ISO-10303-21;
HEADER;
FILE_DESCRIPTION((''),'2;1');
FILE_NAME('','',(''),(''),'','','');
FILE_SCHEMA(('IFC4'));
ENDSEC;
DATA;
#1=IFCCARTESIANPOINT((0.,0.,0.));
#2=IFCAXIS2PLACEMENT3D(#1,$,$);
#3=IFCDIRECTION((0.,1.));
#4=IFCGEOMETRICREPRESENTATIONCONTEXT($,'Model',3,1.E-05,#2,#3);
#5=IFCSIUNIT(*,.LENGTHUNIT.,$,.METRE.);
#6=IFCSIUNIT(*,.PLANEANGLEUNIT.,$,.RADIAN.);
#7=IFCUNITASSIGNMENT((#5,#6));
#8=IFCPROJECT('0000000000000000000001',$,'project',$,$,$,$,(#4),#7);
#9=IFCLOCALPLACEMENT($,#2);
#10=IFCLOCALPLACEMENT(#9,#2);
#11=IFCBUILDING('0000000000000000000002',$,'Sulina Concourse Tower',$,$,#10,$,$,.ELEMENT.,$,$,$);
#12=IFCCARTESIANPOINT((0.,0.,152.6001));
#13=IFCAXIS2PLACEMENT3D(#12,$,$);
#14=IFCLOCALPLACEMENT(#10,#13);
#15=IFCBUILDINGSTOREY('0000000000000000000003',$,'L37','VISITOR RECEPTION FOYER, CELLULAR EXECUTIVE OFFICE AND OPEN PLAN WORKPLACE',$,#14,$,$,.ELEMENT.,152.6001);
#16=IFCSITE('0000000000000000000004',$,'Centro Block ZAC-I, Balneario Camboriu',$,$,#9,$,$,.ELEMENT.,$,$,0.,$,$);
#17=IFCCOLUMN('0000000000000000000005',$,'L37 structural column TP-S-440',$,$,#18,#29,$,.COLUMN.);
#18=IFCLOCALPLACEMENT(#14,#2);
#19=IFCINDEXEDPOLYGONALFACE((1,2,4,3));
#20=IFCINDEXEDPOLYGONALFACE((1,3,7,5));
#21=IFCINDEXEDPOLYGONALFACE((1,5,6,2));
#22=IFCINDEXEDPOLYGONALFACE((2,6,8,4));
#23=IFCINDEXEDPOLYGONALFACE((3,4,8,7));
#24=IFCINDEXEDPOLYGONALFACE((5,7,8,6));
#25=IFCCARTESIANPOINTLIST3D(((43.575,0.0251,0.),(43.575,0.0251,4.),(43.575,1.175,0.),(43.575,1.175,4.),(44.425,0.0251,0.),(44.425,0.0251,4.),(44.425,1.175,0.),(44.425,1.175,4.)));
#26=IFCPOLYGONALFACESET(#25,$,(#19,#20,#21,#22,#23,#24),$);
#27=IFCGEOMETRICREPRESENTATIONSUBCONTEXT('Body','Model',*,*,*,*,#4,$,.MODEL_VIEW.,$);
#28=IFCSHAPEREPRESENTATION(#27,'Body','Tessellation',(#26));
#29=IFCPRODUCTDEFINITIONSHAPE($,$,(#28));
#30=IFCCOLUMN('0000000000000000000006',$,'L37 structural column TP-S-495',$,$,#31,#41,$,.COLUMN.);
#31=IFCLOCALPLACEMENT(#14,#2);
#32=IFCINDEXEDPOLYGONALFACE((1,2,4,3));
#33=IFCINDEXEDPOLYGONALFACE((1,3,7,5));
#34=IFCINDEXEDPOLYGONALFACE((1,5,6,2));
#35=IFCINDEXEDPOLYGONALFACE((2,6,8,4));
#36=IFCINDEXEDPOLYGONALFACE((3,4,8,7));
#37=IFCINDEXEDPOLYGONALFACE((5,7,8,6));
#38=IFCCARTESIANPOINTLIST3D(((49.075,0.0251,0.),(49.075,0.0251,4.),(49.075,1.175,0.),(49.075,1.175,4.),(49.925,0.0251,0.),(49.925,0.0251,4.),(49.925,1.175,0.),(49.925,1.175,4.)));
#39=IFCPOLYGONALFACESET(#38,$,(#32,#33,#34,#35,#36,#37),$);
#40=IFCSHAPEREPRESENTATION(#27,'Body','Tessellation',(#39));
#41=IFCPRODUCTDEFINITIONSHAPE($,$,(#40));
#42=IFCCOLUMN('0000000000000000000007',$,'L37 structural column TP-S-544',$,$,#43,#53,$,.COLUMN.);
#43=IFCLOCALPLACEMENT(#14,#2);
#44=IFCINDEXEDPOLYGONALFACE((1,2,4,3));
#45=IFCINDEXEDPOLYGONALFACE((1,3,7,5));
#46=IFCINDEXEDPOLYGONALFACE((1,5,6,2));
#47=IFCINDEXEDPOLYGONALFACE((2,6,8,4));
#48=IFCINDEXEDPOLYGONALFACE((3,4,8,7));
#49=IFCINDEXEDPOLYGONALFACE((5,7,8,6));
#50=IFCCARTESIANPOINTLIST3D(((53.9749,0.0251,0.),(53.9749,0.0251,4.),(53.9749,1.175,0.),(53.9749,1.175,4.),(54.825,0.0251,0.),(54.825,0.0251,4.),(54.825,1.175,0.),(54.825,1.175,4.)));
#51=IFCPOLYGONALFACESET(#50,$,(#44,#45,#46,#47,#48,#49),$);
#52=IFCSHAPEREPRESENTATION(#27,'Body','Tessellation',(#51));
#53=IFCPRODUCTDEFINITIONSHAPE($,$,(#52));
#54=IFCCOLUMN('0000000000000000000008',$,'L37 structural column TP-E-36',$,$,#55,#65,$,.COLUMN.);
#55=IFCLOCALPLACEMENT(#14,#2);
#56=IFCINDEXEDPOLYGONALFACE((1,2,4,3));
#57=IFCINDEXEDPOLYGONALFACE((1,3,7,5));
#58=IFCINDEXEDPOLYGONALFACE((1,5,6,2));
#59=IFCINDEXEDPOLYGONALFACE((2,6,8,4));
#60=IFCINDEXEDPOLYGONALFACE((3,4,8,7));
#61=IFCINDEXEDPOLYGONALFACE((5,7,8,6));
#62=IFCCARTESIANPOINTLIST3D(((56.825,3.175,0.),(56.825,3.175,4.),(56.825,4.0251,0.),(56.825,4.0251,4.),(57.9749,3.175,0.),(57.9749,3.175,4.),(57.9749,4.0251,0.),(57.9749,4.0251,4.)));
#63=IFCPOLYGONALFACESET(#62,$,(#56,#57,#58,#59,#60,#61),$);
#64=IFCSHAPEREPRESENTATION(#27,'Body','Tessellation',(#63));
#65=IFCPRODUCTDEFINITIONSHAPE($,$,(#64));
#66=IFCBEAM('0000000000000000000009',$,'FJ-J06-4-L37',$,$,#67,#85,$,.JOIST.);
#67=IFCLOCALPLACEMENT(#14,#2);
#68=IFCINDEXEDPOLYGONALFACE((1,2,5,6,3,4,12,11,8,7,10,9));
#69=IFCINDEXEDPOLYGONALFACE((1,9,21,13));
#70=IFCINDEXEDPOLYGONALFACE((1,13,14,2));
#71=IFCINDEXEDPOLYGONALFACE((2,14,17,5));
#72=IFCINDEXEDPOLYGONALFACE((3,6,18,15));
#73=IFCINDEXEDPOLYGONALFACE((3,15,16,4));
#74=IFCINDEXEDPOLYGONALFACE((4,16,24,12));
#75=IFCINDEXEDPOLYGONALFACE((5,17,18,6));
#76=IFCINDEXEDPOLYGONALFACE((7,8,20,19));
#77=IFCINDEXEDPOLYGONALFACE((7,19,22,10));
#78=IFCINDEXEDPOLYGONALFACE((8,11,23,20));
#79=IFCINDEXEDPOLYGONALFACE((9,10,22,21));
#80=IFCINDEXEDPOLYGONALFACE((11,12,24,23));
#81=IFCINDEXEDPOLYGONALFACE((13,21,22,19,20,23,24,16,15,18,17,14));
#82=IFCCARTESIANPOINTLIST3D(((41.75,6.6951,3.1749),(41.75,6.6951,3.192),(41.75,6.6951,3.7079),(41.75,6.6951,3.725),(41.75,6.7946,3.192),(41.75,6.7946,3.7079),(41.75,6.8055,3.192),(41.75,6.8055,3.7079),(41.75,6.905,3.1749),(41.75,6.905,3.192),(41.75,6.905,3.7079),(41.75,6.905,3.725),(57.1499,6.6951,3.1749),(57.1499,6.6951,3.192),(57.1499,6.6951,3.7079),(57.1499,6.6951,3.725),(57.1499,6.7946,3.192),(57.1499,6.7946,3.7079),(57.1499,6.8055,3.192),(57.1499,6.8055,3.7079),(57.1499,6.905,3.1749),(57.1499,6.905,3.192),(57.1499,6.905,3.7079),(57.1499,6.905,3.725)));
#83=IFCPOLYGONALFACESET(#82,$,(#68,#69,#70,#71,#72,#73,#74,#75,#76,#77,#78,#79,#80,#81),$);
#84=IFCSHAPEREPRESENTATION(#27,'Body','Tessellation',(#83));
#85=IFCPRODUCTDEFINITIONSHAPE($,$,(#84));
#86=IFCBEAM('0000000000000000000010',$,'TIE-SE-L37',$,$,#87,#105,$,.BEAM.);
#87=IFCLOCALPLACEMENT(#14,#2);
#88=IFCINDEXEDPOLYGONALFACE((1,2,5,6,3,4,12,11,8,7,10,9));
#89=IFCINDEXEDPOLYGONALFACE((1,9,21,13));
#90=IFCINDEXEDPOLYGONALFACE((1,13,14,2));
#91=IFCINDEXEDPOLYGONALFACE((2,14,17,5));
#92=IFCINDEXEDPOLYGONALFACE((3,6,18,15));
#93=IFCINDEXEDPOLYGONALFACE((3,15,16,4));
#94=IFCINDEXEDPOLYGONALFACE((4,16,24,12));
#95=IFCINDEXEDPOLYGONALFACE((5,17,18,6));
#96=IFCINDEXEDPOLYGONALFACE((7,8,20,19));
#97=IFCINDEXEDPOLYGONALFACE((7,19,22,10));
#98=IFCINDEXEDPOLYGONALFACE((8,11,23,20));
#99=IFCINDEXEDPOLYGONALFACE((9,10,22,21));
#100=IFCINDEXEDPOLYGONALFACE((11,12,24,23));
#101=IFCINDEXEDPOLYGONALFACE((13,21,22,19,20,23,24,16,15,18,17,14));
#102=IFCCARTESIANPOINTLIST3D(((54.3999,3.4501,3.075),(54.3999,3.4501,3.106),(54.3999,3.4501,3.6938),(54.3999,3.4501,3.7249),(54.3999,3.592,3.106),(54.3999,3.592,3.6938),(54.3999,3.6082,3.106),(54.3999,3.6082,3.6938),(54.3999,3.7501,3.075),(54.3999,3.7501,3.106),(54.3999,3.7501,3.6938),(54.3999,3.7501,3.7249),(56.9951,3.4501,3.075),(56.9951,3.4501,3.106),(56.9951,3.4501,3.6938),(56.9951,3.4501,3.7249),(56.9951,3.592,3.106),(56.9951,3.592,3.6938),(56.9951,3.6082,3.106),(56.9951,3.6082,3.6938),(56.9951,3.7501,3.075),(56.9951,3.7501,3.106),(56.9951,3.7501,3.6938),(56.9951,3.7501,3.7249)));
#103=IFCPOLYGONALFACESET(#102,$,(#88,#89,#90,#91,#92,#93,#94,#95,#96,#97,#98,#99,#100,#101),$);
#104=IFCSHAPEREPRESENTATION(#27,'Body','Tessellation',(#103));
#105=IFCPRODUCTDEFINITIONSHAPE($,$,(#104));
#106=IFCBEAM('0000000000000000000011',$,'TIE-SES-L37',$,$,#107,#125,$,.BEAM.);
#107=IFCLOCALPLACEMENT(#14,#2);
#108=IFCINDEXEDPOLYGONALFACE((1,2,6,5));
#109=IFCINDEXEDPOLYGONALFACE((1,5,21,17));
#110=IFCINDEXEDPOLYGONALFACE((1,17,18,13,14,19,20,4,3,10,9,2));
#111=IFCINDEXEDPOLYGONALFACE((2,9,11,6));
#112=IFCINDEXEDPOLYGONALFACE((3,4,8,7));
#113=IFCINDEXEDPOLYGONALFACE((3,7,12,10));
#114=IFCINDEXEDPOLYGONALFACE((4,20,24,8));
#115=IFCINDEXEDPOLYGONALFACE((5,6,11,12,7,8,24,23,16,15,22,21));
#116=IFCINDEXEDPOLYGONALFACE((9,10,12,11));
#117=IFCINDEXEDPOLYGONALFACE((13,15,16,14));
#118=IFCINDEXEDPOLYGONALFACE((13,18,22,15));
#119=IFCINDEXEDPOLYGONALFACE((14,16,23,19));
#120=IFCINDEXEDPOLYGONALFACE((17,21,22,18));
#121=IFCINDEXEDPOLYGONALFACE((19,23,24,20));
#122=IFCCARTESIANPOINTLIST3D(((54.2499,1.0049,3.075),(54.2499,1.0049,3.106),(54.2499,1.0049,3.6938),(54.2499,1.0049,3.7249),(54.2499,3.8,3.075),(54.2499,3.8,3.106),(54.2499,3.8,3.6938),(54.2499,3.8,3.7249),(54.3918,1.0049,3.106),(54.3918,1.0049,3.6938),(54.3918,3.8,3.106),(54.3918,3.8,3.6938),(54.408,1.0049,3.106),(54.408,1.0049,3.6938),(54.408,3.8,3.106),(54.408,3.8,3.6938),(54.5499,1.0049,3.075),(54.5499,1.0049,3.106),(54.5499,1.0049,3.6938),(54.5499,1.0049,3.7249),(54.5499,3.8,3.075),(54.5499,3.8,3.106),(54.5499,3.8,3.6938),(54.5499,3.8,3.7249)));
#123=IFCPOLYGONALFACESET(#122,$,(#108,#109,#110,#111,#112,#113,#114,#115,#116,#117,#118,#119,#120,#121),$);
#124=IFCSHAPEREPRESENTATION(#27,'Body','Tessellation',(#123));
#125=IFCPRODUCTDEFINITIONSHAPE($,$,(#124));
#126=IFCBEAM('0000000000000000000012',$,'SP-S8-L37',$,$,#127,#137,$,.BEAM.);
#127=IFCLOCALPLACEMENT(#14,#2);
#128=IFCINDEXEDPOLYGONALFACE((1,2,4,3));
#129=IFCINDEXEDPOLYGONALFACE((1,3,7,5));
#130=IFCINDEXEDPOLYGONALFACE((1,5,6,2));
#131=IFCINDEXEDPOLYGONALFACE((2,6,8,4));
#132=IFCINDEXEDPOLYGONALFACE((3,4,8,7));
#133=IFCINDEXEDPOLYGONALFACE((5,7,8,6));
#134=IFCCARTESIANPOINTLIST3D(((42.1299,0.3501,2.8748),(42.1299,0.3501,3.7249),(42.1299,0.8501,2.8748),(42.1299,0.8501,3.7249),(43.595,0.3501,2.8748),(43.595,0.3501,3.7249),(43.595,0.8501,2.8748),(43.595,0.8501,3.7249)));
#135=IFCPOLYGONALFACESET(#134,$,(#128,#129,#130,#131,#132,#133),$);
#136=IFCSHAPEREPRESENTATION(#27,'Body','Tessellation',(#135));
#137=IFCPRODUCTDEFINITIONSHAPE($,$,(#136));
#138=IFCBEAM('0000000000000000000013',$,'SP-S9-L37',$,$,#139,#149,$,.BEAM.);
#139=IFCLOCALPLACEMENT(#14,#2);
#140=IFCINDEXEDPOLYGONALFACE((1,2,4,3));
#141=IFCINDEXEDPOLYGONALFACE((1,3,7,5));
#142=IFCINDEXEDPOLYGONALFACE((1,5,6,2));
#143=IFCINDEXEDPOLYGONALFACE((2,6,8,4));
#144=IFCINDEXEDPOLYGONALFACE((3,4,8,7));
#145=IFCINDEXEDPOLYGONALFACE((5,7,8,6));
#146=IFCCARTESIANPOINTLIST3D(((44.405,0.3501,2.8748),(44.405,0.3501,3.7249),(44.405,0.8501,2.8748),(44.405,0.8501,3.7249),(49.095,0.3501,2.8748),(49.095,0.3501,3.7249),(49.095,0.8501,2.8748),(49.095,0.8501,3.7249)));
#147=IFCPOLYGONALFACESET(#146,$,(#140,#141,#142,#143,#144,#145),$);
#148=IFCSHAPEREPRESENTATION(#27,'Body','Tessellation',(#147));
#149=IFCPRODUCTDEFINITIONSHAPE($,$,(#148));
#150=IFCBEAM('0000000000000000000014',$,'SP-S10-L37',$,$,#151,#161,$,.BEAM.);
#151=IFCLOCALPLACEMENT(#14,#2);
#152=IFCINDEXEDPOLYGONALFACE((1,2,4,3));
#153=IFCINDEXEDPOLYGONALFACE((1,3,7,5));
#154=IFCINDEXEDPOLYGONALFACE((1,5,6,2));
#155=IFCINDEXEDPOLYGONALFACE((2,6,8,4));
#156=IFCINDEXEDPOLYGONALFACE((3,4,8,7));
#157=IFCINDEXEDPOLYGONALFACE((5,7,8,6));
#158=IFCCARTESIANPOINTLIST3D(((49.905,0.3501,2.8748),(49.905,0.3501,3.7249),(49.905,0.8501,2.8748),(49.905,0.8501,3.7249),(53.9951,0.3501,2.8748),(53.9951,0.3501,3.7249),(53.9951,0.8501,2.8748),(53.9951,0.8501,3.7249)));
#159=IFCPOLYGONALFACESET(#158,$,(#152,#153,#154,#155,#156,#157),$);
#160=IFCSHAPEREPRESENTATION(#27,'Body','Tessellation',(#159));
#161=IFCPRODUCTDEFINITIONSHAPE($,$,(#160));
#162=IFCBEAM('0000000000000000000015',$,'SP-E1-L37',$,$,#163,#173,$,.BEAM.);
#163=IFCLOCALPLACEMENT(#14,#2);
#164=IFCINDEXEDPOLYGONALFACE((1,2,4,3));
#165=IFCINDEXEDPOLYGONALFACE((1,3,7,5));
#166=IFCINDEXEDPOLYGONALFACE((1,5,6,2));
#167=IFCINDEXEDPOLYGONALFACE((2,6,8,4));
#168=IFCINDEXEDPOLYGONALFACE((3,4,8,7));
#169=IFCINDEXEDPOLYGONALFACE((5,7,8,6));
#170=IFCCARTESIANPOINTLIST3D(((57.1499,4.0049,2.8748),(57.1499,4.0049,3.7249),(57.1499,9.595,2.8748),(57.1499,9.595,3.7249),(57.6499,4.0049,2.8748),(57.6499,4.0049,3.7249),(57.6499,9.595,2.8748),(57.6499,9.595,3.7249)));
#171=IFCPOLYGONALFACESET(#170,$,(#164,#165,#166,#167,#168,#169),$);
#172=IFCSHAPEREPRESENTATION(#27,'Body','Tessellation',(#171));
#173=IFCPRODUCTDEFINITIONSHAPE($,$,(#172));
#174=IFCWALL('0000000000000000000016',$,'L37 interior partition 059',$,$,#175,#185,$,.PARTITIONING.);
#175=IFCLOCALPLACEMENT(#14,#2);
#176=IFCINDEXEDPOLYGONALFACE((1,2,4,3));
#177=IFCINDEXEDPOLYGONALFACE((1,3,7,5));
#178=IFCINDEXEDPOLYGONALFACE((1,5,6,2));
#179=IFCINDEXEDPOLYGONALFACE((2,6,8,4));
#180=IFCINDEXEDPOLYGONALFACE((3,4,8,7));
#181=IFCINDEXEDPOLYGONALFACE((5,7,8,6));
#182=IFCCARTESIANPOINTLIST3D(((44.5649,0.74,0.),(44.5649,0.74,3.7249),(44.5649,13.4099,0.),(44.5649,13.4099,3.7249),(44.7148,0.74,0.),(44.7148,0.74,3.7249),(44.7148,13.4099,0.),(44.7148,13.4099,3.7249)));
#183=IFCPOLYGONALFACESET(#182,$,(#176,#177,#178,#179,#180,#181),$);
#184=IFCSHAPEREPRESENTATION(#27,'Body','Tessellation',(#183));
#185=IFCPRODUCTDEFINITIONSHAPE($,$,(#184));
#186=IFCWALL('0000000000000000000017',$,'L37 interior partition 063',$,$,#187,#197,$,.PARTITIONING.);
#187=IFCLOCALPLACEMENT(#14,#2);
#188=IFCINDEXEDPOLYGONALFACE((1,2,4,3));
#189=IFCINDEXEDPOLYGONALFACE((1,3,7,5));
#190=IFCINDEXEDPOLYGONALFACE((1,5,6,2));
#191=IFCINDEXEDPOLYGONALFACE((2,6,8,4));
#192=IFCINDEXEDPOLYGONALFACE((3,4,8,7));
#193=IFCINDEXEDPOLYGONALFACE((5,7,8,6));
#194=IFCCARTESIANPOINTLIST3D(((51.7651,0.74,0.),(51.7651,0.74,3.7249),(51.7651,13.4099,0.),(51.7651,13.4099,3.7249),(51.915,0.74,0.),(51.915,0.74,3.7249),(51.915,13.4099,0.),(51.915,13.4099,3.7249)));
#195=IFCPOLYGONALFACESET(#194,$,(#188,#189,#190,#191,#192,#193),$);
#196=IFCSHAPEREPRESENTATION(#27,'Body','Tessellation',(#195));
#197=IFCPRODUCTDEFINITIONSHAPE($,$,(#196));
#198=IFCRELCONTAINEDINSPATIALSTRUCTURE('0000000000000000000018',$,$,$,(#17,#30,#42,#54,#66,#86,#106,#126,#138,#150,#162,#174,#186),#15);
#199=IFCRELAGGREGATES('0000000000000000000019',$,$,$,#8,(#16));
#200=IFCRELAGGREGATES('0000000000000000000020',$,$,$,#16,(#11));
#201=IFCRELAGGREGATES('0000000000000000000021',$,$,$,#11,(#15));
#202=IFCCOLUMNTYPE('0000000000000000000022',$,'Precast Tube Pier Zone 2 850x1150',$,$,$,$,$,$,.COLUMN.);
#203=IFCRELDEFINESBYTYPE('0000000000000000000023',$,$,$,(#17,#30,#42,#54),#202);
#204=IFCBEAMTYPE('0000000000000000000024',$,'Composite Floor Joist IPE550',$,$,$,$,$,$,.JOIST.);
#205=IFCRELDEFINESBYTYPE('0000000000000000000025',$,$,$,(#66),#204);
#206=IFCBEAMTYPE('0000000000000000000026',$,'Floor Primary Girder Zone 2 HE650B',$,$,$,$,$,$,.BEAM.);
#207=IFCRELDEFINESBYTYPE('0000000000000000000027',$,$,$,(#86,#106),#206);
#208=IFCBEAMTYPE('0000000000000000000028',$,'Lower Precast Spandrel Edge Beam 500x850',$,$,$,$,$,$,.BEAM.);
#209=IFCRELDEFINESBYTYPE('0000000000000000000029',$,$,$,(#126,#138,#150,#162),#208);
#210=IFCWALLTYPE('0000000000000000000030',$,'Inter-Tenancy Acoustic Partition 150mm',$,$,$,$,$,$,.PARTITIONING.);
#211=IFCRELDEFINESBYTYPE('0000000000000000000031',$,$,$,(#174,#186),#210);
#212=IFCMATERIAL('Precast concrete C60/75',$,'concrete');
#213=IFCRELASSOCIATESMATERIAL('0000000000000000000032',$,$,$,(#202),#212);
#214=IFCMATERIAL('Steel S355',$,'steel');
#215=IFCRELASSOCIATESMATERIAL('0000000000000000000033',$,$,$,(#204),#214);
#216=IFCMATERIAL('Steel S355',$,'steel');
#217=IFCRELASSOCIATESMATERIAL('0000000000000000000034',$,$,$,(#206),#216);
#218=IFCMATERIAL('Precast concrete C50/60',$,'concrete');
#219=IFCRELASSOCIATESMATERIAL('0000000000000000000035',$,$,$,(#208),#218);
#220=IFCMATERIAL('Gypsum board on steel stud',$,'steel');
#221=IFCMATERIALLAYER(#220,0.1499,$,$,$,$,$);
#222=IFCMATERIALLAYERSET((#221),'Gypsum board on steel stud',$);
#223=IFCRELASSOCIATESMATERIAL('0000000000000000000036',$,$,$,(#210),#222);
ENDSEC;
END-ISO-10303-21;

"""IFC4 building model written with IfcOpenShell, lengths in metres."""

from ifc_helpers import new_model, si_unit, direction, frame, frame_2d, origin, origin_2d, place, context, subcontext, project, spatial, rectangle, i_section, extrude, material, layer, layer_set, material_profile, profile_set, type_object, element, save


model = new_model("IFC4")

# Units and contexts
model_context = context("Model", 3, precision=1e-05, world=origin(), true_north=direction((0.0, 1.0)))
body_context = subcontext(model_context, "Body", "Model", "MODEL_VIEW")
ifc_project = project(units=[si_unit("LENGTHUNIT", "METRE"), si_unit("PLANEANGLEUNIT", "RADIAN")], contexts=[model_context])

# Site, building, storey
site_placement = place(None, origin())
site = spatial("IfcSite", under=ifc_project, at=site_placement, Name="Centro Block ZAC-I, Balneario Camboriu", CompositionType="ELEMENT", RefElevation=0.0)
building_placement = place(site_placement, origin())
building = spatial("IfcBuilding", under=site, at=building_placement, Name="Sulina Concourse Tower", CompositionType="ELEMENT")
storey_placement = place(building_placement, frame((0.0, 0.0, 152.6001)))
storey = spatial("IfcBuildingStorey", under=building, at=storey_placement, Name="L37", Description="VISITOR RECEPTION FOYER, CELLULAR EXECUTIVE OFFICE AND OPEN PLAN WORKPLACE", CompositionType="ELEMENT", Elevation=152.6001)

# Columns
ifc_material_1 = material(Name="Precast concrete C60/75", Category="concrete")
ifc_material_profile_1 = material_profile(ifc_material_1, rectangle(XDim=0.8501, YDim=1.1499, at=origin_2d()), Name="PC 850x1150")
ifc_profile_set_1 = profile_set([ifc_material_profile_1], Name="Precast concrete C60/75")
column_type = type_object("IfcColumnType", Name="Precast Tube Pier Zone 2 850x1150", PredefinedType="COLUMN", material=ifc_profile_set_1)
for number, where, z_axis, x_axis, name in (
    (1, (44.0, 0.6001, 0.0), (0.0, 0.0, 1.0), (1.0, 0.0, 0.0), "L37 structural column TP-S-440"),
    (2, (49.5, 0.6001, 0.0), (0.0, 0.0, 1.0), (1.0, 0.0, 0.0), "L37 structural column TP-S-495"),
    (3, (54.3999, 0.6001, 0.0), (0.0, 0.0, 1.0), (1.0, 0.0, 0.0), "L37 structural column TP-S-544"),
    (4, (57.3999, 3.6001, 0.0), (0.0, 0.0, 1.0), (0.0, 1.0, 0.0), "L37 structural column TP-E-36"),
):
    element("IfcColumn", number, at=place(storey_placement, frame(where, z_axis=z_axis, x_axis=x_axis)), inside=storey, type_object=column_type, Name=name, PredefinedType="COLUMN", context=body_context, shape_type="SweptSolid", body=[
        extrude(rectangle(XDim=0.8501, YDim=1.1499, at=origin_2d()), origin(), (0.0, 0.0, 1.0), 4.0),
    ])

# Beams
ifc_material_2 = material(Name="Steel S355", Category="steel")
ifc_material_profile_2 = material_profile(ifc_material_2, i_section(OverallWidth=0.21, OverallDepth=0.55, WebThickness=0.011, FlangeThickness=0.0171, at=origin_2d()), Name="IPE 550")
ifc_profile_set_2 = profile_set([ifc_material_profile_2], Name="Steel S355")
beam_type_1 = type_object("IfcBeamType", Name="Composite Floor Joist IPE550", PredefinedType="JOIST", material=ifc_profile_set_2)
beam_1_placement = place(storey_placement, frame((41.75, 6.8, 3.45), z_axis=(1.0, 0.0, 0.0), x_axis=(0.0, 1.0, 0.0)))
element("IfcBeam", 5, at=beam_1_placement, inside=storey, type_object=beam_type_1, Name="FJ-J06-4-L37", PredefinedType="JOIST", context=body_context, shape_type="SweptSolid", body=[
    extrude(i_section(OverallWidth=0.21, OverallDepth=0.55, WebThickness=0.011, FlangeThickness=0.0171, at=origin_2d()), origin(), (0.0, 0.0, 1.0), 15.3999),
])
ifc_material_3 = material(Name="Steel S355", Category="steel")
ifc_material_profile_3 = material_profile(ifc_material_3, i_section(OverallWidth=0.3, OverallDepth=0.6499, WebThickness=0.0161, FlangeThickness=0.031, at=origin_2d()), Name="HE 650 B")
ifc_profile_set_3 = profile_set([ifc_material_profile_3], Name="Steel S355")
beam_type_2 = type_object("IfcBeamType", Name="Floor Primary Girder Zone 2 HE650B", PredefinedType="BEAM", material=ifc_profile_set_3)
beam_2_placement = place(storey_placement, frame((54.3999, 3.6001, 3.3999), z_axis=(1.0, 0.0, 0.0), x_axis=(0.0, 1.0, 0.0)))
element("IfcBeam", 6, at=beam_2_placement, inside=storey, type_object=beam_type_2, Name="TIE-SE-L37", PredefinedType="BEAM", context=body_context, shape_type="SweptSolid", body=[
    extrude(i_section(OverallWidth=0.3, OverallDepth=0.6499, WebThickness=0.0161, FlangeThickness=0.031, at=origin_2d()), origin(), (0.0, 0.0, 1.0), 2.5952),
])
beam_3_placement = place(storey_placement, frame((54.3999, 1.0049, 3.3999), z_axis=(0.0, 1.0, 0.0), x_axis=(-1.0, 0.0, 0.0)))
element("IfcBeam", 7, at=beam_3_placement, inside=storey, type_object=beam_type_2, Name="TIE-SES-L37", PredefinedType="BEAM", context=body_context, shape_type="SweptSolid", body=[
    extrude(i_section(OverallWidth=0.3, OverallDepth=0.6499, WebThickness=0.0161, FlangeThickness=0.031, at=origin_2d()), origin(), (0.0, 0.0, 1.0), 2.7952),
])
ifc_material_4 = material(Name="Precast concrete C50/60", Category="concrete")
ifc_material_profile_4 = material_profile(ifc_material_4, rectangle(XDim=0.5, YDim=0.8501, at=origin_2d()), Name="RC 500x850")
ifc_profile_set_4 = profile_set([ifc_material_profile_4], Name="Precast concrete C50/60")
beam_type_3 = type_object("IfcBeamType", Name="Lower Precast Spandrel Edge Beam 500x850", PredefinedType="BEAM", material=ifc_profile_set_4)
beam_4_placement = place(storey_placement, frame((42.1299, 0.6001, 3.2998), z_axis=(1.0, 0.0, 0.0), x_axis=(0.0, 1.0, 0.0)))
element("IfcBeam", 8, at=beam_4_placement, inside=storey, type_object=beam_type_3, Name="SP-S8-L37", PredefinedType="BEAM", context=body_context, shape_type="SweptSolid", body=[
    extrude(rectangle(XDim=0.5, YDim=0.8501, at=origin_2d()), origin(), (0.0, 0.0, 1.0), 1.4651),
])
beam_5_placement = place(storey_placement, frame((44.405, 0.6001, 3.2998), z_axis=(1.0, 0.0, 0.0), x_axis=(0.0, 1.0, 0.0)))
element("IfcBeam", 9, at=beam_5_placement, inside=storey, type_object=beam_type_3, Name="SP-S9-L37", PredefinedType="BEAM", context=body_context, shape_type="SweptSolid", body=[
    extrude(rectangle(XDim=0.5, YDim=0.8501, at=origin_2d()), origin(), (0.0, 0.0, 1.0), 4.6899),
])
beam_6_placement = place(storey_placement, frame((49.905, 0.6001, 3.2998), z_axis=(1.0, 0.0, 0.0), x_axis=(0.0, 1.0, 0.0)))
element("IfcBeam", 10, at=beam_6_placement, inside=storey, type_object=beam_type_3, Name="SP-S10-L37", PredefinedType="BEAM", context=body_context, shape_type="SweptSolid", body=[
    extrude(rectangle(XDim=0.5, YDim=0.8501, at=origin_2d()), origin(), (0.0, 0.0, 1.0), 4.0901),
])
beam_7_placement = place(storey_placement, frame((57.3999, 4.0049, 3.2998), z_axis=(0.0, 1.0, 0.0), x_axis=(-1.0, 0.0, 0.0)))
element("IfcBeam", 11, at=beam_7_placement, inside=storey, type_object=beam_type_3, Name="SP-E1-L37", PredefinedType="BEAM", context=body_context, shape_type="SweptSolid", body=[
    extrude(rectangle(XDim=0.5, YDim=0.8501, at=origin_2d()), origin(), (0.0, 0.0, 1.0), 5.5901),
])

# Walls
ifc_material_5 = material(Name="Gypsum board on steel stud", Category="steel")
ifc_layer_1 = layer(ifc_material_5, 0.1499)
ifc_layer_set_1 = layer_set([ifc_layer_1], Name="Gypsum board on steel stud")
wall_type_1 = type_object("IfcWallType", Name="Inter-Tenancy Acoustic Partition 150mm", PredefinedType="PARTITIONING", material=ifc_layer_set_1)
for number, where, z_axis, x_axis, name in (
    (12, (44.6399, 0.74, 0.0), (0.0, 0.0, 1.0), (0.0, 1.0, 0.0), "L37 interior partition 059"),
    (13, (51.8401, 0.74, 0.0), (0.0, 0.0, 1.0), (0.0, 1.0, 0.0), "L37 interior partition 063"),
):
    element("IfcWall", number, at=place(storey_placement, frame(where, z_axis=z_axis, x_axis=x_axis)), inside=storey, type_object=wall_type_1, Name=name, PredefinedType="PARTITIONING", context=body_context, shape_type="SweptSolid", body=[
        extrude(rectangle(XDim=12.6699, YDim=0.1499, at=frame_2d((6.335, 0.0))), origin(), (0.0, 0.0, 1.0), 3.7249),
    ])

save(model, "model.ifc")
